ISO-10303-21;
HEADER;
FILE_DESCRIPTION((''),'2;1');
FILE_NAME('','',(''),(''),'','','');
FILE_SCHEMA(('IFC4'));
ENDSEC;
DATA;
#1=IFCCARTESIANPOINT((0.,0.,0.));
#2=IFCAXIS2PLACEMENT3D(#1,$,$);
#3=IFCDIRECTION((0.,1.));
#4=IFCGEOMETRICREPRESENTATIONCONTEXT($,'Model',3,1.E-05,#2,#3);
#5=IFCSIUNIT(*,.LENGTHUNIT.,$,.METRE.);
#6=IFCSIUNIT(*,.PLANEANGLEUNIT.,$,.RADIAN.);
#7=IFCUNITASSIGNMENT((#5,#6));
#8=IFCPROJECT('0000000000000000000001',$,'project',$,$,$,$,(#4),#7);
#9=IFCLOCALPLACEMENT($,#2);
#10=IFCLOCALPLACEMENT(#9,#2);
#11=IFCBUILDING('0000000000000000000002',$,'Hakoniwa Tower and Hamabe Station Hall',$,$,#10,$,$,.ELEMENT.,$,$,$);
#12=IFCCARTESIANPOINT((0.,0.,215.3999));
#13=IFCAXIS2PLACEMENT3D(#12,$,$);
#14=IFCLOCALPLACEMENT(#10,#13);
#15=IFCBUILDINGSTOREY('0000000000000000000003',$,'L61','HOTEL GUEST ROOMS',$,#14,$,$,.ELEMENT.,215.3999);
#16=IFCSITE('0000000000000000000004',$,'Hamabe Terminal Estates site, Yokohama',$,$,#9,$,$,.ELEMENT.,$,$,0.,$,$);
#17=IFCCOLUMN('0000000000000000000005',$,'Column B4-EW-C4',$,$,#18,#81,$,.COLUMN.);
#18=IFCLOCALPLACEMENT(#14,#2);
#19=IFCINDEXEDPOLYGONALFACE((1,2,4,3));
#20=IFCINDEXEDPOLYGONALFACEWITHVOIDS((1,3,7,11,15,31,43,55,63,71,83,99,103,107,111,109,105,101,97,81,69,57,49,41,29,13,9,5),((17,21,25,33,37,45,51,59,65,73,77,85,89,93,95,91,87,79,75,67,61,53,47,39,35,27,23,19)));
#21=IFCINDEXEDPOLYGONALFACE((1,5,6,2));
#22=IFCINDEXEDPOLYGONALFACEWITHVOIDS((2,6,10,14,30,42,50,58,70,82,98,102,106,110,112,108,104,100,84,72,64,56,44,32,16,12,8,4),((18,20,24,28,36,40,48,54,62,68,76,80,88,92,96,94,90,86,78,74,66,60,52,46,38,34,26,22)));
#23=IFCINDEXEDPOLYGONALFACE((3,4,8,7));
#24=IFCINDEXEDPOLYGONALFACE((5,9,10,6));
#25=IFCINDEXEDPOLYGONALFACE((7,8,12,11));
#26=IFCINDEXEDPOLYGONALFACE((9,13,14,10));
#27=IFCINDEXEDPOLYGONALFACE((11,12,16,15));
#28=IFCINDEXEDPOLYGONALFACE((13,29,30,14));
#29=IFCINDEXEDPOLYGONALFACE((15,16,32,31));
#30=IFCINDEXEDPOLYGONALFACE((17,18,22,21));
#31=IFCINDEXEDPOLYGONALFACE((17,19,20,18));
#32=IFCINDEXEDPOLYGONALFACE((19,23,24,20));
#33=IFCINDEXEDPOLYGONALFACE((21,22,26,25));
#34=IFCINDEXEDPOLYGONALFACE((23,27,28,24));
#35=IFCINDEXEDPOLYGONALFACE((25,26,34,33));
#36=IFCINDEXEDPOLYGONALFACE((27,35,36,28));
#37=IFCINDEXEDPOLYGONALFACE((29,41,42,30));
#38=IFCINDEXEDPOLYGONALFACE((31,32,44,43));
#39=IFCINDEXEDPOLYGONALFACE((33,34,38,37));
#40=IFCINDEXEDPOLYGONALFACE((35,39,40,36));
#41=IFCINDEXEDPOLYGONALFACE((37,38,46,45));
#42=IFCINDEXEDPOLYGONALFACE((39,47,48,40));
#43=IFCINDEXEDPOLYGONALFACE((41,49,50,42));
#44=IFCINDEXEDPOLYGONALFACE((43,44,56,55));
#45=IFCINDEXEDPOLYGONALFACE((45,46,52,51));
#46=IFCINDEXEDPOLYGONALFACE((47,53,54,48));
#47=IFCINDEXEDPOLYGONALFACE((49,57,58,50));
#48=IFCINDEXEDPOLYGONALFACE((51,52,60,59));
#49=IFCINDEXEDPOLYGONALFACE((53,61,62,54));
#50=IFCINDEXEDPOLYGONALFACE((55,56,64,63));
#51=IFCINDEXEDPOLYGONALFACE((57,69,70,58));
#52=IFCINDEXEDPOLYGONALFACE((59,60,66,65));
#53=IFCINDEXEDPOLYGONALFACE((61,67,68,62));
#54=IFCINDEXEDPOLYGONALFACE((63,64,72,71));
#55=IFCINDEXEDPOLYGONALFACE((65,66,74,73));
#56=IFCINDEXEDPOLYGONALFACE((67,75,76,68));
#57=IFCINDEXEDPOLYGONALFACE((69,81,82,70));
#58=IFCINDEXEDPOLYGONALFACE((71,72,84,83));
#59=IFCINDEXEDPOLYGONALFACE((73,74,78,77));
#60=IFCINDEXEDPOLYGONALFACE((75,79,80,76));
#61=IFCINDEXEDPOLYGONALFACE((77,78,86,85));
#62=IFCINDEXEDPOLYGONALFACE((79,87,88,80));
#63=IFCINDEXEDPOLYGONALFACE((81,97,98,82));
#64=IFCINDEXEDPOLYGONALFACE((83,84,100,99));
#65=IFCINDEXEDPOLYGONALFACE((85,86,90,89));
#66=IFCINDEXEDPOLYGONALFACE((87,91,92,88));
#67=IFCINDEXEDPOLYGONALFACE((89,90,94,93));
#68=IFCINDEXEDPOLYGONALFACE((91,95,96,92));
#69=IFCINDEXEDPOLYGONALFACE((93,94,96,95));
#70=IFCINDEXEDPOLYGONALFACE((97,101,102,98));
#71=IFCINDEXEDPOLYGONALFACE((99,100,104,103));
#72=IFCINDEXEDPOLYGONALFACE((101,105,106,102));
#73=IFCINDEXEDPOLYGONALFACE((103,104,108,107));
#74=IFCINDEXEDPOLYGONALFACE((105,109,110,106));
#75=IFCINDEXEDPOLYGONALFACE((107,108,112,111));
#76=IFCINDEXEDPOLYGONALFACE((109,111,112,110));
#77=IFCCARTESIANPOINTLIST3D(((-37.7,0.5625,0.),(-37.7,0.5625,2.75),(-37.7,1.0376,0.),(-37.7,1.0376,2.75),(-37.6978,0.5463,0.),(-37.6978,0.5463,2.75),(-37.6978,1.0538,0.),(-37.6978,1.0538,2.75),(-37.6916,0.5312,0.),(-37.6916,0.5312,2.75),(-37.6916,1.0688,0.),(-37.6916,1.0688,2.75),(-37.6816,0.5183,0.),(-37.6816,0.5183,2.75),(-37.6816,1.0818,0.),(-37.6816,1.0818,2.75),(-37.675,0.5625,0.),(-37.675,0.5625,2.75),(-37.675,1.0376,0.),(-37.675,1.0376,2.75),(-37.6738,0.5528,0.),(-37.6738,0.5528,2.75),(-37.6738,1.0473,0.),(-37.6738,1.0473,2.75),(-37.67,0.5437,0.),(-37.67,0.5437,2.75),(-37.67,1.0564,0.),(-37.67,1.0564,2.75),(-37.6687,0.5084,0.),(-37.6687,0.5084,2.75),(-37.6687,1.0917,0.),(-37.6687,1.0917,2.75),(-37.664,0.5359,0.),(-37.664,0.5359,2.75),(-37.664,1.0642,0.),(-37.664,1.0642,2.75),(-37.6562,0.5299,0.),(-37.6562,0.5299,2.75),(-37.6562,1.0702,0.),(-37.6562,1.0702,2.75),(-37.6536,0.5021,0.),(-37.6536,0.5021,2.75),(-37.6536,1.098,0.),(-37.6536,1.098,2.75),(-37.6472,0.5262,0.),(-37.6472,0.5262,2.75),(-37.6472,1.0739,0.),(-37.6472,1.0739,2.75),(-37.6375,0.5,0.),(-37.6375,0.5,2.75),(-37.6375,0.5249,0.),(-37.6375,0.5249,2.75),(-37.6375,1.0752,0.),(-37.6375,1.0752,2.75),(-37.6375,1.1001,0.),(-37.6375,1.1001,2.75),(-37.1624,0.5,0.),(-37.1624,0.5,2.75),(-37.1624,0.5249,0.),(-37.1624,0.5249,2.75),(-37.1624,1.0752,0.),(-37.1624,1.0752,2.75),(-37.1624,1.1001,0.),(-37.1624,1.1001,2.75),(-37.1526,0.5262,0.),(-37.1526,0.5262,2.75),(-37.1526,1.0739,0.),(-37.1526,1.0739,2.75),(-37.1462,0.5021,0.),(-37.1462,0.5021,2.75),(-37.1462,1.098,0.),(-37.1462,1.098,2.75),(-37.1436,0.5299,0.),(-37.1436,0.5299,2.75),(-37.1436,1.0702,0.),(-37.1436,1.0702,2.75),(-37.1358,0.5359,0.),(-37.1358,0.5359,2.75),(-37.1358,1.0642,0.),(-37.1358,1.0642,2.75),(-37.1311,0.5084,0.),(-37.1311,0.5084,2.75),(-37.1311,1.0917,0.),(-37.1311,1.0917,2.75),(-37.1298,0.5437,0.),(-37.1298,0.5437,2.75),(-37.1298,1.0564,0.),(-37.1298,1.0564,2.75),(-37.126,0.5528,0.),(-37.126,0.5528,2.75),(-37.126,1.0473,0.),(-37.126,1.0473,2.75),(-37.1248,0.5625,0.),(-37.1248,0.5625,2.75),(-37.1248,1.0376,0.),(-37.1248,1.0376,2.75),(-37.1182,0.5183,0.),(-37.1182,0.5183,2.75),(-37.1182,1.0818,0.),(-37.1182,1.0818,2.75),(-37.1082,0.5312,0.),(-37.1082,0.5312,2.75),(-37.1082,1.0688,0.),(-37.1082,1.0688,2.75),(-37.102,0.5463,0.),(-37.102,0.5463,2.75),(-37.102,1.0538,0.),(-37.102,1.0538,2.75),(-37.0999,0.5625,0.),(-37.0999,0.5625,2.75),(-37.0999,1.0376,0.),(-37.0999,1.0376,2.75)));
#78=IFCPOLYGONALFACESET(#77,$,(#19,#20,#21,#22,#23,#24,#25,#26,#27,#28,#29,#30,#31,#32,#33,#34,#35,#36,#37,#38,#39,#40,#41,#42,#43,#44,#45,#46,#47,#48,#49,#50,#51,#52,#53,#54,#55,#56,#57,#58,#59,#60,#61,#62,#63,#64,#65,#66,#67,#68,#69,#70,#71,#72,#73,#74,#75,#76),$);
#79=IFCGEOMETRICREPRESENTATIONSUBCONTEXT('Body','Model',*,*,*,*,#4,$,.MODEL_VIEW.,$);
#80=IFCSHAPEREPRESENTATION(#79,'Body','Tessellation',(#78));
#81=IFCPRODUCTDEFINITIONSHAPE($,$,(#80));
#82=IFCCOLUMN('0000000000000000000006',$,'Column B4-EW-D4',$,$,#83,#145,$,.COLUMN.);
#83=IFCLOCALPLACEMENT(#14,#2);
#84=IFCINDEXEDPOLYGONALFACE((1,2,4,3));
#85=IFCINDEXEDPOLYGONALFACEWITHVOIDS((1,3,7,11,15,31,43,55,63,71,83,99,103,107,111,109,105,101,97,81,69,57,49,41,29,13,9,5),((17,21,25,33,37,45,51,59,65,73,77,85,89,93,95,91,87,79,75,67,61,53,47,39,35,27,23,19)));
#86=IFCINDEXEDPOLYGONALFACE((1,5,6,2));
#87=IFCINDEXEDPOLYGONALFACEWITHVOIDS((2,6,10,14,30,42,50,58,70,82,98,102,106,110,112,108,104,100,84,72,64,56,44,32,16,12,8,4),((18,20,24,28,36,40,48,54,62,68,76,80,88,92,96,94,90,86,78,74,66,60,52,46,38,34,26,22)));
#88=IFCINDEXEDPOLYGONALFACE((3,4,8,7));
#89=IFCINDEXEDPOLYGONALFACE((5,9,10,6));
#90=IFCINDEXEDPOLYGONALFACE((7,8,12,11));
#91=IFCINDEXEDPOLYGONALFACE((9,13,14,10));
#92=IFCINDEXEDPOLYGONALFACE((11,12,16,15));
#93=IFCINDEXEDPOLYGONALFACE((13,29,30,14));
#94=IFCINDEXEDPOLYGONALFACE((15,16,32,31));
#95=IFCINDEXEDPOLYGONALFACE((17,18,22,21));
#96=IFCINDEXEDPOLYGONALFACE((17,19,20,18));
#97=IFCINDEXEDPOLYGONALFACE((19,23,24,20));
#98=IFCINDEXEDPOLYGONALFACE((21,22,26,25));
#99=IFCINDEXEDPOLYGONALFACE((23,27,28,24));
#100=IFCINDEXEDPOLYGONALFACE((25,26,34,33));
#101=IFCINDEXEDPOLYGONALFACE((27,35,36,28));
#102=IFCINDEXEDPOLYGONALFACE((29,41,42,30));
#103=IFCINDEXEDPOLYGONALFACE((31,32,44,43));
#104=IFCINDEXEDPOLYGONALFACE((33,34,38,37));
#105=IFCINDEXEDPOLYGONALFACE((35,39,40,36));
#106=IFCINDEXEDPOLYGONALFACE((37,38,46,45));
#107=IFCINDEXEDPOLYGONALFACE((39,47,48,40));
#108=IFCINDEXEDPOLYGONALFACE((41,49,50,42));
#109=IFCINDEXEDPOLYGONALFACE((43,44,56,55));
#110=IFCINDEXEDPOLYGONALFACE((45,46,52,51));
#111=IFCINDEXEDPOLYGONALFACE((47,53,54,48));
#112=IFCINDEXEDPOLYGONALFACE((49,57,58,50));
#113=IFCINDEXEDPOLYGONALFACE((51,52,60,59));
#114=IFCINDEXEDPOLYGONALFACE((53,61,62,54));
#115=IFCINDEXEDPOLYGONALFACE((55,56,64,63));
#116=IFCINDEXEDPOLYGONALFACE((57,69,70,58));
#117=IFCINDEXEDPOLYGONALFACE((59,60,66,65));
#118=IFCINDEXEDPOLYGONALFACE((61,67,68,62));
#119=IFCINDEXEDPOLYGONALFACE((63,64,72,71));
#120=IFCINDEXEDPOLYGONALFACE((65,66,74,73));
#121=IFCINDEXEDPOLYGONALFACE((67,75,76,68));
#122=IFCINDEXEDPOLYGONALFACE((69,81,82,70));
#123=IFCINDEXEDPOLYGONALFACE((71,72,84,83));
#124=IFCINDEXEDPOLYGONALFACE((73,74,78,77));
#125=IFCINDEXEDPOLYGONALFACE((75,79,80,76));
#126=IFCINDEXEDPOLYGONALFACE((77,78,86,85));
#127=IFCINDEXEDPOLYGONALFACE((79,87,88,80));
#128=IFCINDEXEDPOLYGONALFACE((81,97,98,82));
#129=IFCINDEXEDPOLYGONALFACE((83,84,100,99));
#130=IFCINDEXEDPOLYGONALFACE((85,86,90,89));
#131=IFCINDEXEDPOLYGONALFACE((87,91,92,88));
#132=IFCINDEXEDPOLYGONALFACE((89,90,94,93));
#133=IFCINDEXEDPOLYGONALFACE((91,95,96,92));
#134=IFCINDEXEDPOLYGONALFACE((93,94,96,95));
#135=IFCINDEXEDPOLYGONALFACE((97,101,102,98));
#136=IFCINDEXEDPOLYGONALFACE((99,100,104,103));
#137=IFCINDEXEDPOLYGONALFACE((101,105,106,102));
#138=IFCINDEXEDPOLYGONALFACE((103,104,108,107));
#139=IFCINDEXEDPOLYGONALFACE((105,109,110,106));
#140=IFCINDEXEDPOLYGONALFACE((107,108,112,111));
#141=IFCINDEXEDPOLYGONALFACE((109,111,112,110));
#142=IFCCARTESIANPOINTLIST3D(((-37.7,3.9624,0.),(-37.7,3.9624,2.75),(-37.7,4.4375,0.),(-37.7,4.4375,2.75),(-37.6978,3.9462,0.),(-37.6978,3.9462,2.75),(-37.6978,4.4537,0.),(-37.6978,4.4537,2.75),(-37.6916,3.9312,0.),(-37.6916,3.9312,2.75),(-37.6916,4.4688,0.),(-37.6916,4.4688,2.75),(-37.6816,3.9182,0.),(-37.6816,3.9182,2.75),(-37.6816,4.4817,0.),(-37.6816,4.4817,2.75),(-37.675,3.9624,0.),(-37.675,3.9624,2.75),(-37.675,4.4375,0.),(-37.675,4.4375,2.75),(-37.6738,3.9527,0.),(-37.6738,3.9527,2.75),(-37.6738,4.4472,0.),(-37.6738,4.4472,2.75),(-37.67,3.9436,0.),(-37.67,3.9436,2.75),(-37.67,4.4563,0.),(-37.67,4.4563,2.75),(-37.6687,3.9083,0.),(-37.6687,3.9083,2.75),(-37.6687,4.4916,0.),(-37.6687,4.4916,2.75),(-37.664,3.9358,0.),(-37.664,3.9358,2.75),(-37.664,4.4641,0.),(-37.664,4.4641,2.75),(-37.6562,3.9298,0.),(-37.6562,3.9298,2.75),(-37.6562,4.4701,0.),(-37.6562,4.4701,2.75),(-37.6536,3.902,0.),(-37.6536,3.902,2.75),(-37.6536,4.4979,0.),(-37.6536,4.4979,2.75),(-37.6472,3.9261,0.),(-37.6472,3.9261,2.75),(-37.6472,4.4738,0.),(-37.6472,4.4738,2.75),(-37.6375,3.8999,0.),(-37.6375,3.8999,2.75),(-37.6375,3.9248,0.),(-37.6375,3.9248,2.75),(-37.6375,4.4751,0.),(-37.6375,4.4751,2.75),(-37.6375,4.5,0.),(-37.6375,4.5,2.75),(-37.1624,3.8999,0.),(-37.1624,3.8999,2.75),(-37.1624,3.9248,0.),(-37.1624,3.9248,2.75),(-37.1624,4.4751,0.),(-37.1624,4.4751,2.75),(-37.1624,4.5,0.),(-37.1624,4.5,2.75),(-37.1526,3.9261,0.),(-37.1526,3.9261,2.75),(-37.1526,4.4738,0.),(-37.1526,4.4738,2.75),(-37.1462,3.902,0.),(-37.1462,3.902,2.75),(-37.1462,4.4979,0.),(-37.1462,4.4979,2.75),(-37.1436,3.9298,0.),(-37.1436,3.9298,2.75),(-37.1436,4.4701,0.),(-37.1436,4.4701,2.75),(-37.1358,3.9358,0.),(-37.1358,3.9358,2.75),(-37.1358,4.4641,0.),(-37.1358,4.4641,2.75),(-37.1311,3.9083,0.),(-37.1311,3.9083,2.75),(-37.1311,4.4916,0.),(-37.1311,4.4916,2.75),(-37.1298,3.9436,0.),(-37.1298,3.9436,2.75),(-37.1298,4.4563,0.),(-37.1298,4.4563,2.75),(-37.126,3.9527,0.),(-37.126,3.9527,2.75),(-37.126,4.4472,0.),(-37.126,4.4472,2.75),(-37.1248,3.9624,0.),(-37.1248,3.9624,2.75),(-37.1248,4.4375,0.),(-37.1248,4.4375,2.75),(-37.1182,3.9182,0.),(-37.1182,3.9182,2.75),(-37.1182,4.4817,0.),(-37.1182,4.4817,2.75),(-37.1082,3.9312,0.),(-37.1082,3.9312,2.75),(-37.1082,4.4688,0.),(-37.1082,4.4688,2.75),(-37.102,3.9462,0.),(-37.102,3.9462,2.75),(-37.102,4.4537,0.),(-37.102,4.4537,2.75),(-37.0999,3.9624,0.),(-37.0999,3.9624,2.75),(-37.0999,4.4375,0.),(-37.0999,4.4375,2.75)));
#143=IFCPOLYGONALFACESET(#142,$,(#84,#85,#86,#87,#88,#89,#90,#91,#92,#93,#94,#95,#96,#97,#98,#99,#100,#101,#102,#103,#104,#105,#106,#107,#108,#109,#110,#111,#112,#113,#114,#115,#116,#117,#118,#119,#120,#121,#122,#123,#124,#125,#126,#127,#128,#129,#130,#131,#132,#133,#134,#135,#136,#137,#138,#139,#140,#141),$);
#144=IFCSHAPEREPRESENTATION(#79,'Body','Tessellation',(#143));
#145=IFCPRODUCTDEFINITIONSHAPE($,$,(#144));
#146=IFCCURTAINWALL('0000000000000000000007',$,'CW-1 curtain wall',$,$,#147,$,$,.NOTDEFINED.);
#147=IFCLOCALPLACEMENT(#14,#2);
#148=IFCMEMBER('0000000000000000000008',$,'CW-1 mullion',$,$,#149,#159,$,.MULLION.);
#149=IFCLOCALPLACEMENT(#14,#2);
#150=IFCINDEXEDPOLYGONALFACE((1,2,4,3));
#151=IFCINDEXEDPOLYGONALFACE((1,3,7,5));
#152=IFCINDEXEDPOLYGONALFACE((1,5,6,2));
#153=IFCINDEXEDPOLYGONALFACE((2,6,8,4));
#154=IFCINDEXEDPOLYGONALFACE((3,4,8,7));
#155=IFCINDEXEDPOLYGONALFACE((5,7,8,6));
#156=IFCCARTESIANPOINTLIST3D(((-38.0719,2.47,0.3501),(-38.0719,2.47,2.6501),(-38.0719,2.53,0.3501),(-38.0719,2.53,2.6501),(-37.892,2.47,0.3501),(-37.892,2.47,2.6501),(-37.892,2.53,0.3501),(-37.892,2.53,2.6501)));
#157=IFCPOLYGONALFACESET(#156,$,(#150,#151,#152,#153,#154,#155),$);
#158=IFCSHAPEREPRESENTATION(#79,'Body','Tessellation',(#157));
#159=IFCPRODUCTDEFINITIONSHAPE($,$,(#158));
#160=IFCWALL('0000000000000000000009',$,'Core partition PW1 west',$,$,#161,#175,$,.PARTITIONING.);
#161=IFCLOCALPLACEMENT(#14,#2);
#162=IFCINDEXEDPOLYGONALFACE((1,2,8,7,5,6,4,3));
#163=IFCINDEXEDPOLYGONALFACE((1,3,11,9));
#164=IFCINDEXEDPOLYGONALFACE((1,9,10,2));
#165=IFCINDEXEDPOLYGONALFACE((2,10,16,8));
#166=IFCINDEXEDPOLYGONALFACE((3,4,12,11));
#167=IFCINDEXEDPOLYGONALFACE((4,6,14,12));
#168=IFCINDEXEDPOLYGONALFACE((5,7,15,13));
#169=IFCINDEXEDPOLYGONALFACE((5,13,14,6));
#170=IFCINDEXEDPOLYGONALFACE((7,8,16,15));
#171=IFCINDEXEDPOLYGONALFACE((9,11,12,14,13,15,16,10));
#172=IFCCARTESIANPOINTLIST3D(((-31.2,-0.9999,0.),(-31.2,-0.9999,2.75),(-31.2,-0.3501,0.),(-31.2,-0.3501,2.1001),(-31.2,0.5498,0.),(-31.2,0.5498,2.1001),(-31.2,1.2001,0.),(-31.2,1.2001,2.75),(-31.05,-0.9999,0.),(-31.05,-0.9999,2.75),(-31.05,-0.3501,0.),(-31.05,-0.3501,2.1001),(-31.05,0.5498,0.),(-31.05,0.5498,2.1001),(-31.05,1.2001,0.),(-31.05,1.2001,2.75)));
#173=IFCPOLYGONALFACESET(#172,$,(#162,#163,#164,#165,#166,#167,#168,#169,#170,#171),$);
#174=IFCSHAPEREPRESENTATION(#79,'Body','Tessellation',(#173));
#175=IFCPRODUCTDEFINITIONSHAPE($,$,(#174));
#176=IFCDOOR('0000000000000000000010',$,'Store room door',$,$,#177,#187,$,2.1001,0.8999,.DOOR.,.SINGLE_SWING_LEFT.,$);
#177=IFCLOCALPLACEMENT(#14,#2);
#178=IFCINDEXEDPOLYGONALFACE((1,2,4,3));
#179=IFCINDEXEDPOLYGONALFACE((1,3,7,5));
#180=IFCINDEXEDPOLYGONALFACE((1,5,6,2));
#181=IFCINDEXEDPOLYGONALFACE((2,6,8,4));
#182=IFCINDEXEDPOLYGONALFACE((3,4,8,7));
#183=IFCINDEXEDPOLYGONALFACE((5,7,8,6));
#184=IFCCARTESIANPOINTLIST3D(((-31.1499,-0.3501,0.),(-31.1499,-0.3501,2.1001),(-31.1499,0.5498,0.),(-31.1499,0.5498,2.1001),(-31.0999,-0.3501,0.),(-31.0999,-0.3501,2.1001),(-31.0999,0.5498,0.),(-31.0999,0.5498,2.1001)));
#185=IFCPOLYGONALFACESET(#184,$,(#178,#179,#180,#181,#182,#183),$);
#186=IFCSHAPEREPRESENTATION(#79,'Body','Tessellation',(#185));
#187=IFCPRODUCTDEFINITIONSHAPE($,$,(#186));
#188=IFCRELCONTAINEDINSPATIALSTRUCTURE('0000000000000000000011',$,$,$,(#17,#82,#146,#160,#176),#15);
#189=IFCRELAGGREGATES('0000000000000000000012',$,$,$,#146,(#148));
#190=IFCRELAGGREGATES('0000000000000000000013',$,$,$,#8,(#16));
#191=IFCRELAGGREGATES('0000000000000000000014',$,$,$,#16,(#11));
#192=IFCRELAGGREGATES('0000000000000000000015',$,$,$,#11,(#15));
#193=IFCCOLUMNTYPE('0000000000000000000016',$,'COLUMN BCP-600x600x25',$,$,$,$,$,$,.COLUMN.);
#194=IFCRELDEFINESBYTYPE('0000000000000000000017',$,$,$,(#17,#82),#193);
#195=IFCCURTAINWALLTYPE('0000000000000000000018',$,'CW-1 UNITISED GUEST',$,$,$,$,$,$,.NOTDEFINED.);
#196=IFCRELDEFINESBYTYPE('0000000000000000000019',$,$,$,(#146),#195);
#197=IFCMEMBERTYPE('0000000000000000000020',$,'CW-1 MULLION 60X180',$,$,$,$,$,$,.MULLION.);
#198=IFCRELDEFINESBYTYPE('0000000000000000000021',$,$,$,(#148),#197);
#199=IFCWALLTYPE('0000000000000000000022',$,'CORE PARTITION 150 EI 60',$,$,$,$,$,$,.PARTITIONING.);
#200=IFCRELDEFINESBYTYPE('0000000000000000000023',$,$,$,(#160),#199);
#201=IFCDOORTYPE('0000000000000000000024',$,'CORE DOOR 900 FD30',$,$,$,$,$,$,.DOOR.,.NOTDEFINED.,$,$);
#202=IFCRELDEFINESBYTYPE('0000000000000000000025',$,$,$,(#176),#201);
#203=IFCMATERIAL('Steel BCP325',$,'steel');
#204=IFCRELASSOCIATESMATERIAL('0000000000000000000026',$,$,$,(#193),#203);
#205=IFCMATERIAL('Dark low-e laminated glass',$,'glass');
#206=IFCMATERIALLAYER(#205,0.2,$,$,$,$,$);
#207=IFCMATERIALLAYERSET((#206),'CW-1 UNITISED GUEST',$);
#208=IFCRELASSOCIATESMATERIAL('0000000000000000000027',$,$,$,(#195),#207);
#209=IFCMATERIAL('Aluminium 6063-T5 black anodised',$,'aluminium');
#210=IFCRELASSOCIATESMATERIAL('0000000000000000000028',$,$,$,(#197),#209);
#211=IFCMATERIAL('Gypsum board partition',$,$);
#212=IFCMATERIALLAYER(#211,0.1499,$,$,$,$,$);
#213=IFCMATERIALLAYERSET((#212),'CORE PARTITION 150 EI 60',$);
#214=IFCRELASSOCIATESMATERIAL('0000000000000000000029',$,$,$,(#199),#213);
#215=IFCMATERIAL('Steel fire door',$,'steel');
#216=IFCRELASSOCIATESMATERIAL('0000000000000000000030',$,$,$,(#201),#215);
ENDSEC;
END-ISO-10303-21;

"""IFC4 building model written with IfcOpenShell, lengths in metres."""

from ifc_helpers import new_model, si_unit, direction, frame, frame_2d, origin, origin_2d, place, context, subcontext, project, spatial, rectangle, hollow_rectangle, extrude, material, layer, layer_set, material_profile, profile_set, type_object, element, fill, aggregate, save


model = new_model("IFC4")

# Units and contexts
model_context = context("Model", 3, precision=1e-05, world=origin(), true_north=direction((0.0, 1.0)))
body_context = subcontext(model_context, "Body", "Model", "MODEL_VIEW")
ifc_project = project(units=[si_unit("LENGTHUNIT", "METRE"), si_unit("PLANEANGLEUNIT", "RADIAN")], contexts=[model_context])

# Site, building, storey
site_placement = place(None, origin())
site = spatial("IfcSite", under=ifc_project, at=site_placement, Name="Hamabe Terminal Estates site, Yokohama", CompositionType="ELEMENT", RefElevation=0.0)
building_placement = place(site_placement, origin())
building = spatial("IfcBuilding", under=site, at=building_placement, Name="Hakoniwa Tower and Hamabe Station Hall", CompositionType="ELEMENT")
storey_placement = place(building_placement, frame((0.0, 0.0, 215.3999)))
storey = spatial("IfcBuildingStorey", under=building, at=storey_placement, Name="L61", Description="HOTEL GUEST ROOMS", CompositionType="ELEMENT", Elevation=215.3999)

# Columns
ifc_material_1 = material(Name="Steel BCP325", Category="steel")
ifc_material_profile_1 = material_profile(ifc_material_1, hollow_rectangle(XDim=0.6001, YDim=0.6001, WallThickness=0.0249, InnerFilletRadius=0.0376, OuterFilletRadius=0.0625, at=origin_2d()), Name="BCP-600x600x25")
ifc_profile_set_1 = profile_set([ifc_material_profile_1], Name="Steel BCP325")
column_type = type_object("IfcColumnType", Name="COLUMN BCP-600x600x25", PredefinedType="COLUMN", material=ifc_profile_set_1)
for number, where, z_axis, x_axis, name in (
    (1, (-37.3999, 0.8, 0.0), (0.0, 0.0, 1.0), (1.0, 0.0, 0.0), "Column B4-EW-C4"),
    (2, (-37.3999, 4.2, 0.0), (0.0, 0.0, 1.0), (1.0, 0.0, 0.0), "Column B4-EW-D4"),
):
    element("IfcColumn", number, at=place(storey_placement, frame(where, z_axis=z_axis, x_axis=x_axis)), inside=storey, type_object=column_type, Name=name, PredefinedType="COLUMN", context=body_context, shape_type="SweptSolid", body=[
        extrude(hollow_rectangle(XDim=0.6001, YDim=0.6001, WallThickness=0.0249, InnerFilletRadius=0.0376, OuterFilletRadius=0.0625, at=origin_2d()), origin(), (0.0, 0.0, 1.0), 2.75),
    ])

# Curtain wall, member
ifc_material_2 = material(Name="Dark low-e laminated glass", Category="glass")
ifc_layer_1 = layer(ifc_material_2, 0.2)
ifc_layer_set_1 = layer_set([ifc_layer_1], Name="CW-1 UNITISED GUEST")
curtain_wall_type = type_object("IfcCurtainWallType", Name="CW-1 UNITISED GUEST", PredefinedType="NOTDEFINED", material=ifc_layer_set_1)
curtain_wall_placement = place(storey_placement, origin())
curtain_wall = element("IfcCurtainWall", 3, at=curtain_wall_placement, inside=storey, type_object=curtain_wall_type, Name="CW-1 curtain wall", PredefinedType="NOTDEFINED")
ifc_material_3 = material(Name="Aluminium 6063-T5 black anodised", Category="aluminium")
ifc_material_profile_2 = material_profile(ifc_material_3, rectangle(XDim=0.0601, YDim=0.1799, at=origin_2d()), Name="CW-1 MULLION 60X180")
ifc_profile_set_2 = profile_set([ifc_material_profile_2], Name="Aluminium 6063-T5 black anodised")
member_type = type_object("IfcMemberType", Name="CW-1 MULLION 60X180", PredefinedType="MULLION", material=ifc_profile_set_2)
member_placement = place(storey_placement, frame((-37.9819, 2.5, 0.3501), z_axis=(0.0, 0.0, 1.0), x_axis=(0.0, -1.0, 0.0)))
member = element("IfcMember", 4, at=member_placement, type_object=member_type, Name="CW-1 mullion", PredefinedType="MULLION", context=body_context, shape_type="SweptSolid", body=[
    extrude(rectangle(XDim=0.0601, YDim=0.1799, at=origin_2d()), origin(), (0.0, 0.0, 1.0), 2.3),
])
aggregate(curtain_wall, [member])

# Wall, opening, door
ifc_material_4 = material(Name="Gypsum board partition")
ifc_layer_2 = layer(ifc_material_4, 0.1499)
ifc_layer_set_2 = layer_set([ifc_layer_2], Name="CORE PARTITION 150 EI 60")
wall_type_1 = type_object("IfcWallType", Name="CORE PARTITION 150 EI 60", PredefinedType="PARTITIONING", material=ifc_layer_set_2)
wall_1_placement = place(storey_placement, frame((-31.125, -1.0, 0.0), z_axis=(0.0, 0.0, 1.0), x_axis=(0.0, 1.0, 0.0)))
wall_1 = element("IfcWall", 5, at=wall_1_placement, inside=storey, type_object=wall_type_1, Name="Core partition PW1 west", PredefinedType="PARTITIONING", context=body_context, shape_type="SweptSolid", body=[
    extrude(rectangle(XDim=2.2, YDim=0.1499, at=frame_2d((1.1001, 0.0))), origin(), (0.0, 0.0, 1.0), 2.75),
])
opening_1_placement = place(wall_1_placement, frame((0.6499, 0.0, 0.0)))
opening_1 = element("IfcOpeningElement", 6, at=opening_1_placement, cuts=wall_1, PredefinedType="OPENING", context=body_context, shape_type="SweptSolid", body=[
    extrude(rectangle(XDim=0.8999, YDim=2.1001, at=frame_2d((0.45, 1.05))), frame((0.0, 0.085, 0.0), z_axis=(0.0, -1.0, 0.0), x_axis=(1.0, 0.0, 0.0)), (0.0, 0.0, 1.0), 0.1699),
])
ifc_material_5 = material(Name="Steel fire door", Category="steel")
door_type_1 = type_object("IfcDoorType", Name="CORE DOOR 900 FD30", OperationType="NOTDEFINED", PredefinedType="DOOR", material=ifc_material_5)
door_1_placement = place(opening_1_placement, origin())
door_1 = element("IfcDoor", 7, at=door_1_placement, inside=storey, type_object=door_type_1, Name="Store room door", OperationType="SINGLE_SWING_LEFT", OverallHeight=2.1001, OverallWidth=0.8999, PredefinedType="DOOR", context=body_context, shape_type="SweptSolid", body=[
    extrude(rectangle(XDim=0.8999, YDim=2.1001, at=frame_2d((0.45, 1.05))), frame((0.0, 0.0249, 0.0), z_axis=(0.0, -1.0, 0.0), x_axis=(1.0, 0.0, 0.0)), (0.0, 0.0, 1.0), 0.05),
])
fill(opening_1, door_1)

save(model, "model.ifc")
